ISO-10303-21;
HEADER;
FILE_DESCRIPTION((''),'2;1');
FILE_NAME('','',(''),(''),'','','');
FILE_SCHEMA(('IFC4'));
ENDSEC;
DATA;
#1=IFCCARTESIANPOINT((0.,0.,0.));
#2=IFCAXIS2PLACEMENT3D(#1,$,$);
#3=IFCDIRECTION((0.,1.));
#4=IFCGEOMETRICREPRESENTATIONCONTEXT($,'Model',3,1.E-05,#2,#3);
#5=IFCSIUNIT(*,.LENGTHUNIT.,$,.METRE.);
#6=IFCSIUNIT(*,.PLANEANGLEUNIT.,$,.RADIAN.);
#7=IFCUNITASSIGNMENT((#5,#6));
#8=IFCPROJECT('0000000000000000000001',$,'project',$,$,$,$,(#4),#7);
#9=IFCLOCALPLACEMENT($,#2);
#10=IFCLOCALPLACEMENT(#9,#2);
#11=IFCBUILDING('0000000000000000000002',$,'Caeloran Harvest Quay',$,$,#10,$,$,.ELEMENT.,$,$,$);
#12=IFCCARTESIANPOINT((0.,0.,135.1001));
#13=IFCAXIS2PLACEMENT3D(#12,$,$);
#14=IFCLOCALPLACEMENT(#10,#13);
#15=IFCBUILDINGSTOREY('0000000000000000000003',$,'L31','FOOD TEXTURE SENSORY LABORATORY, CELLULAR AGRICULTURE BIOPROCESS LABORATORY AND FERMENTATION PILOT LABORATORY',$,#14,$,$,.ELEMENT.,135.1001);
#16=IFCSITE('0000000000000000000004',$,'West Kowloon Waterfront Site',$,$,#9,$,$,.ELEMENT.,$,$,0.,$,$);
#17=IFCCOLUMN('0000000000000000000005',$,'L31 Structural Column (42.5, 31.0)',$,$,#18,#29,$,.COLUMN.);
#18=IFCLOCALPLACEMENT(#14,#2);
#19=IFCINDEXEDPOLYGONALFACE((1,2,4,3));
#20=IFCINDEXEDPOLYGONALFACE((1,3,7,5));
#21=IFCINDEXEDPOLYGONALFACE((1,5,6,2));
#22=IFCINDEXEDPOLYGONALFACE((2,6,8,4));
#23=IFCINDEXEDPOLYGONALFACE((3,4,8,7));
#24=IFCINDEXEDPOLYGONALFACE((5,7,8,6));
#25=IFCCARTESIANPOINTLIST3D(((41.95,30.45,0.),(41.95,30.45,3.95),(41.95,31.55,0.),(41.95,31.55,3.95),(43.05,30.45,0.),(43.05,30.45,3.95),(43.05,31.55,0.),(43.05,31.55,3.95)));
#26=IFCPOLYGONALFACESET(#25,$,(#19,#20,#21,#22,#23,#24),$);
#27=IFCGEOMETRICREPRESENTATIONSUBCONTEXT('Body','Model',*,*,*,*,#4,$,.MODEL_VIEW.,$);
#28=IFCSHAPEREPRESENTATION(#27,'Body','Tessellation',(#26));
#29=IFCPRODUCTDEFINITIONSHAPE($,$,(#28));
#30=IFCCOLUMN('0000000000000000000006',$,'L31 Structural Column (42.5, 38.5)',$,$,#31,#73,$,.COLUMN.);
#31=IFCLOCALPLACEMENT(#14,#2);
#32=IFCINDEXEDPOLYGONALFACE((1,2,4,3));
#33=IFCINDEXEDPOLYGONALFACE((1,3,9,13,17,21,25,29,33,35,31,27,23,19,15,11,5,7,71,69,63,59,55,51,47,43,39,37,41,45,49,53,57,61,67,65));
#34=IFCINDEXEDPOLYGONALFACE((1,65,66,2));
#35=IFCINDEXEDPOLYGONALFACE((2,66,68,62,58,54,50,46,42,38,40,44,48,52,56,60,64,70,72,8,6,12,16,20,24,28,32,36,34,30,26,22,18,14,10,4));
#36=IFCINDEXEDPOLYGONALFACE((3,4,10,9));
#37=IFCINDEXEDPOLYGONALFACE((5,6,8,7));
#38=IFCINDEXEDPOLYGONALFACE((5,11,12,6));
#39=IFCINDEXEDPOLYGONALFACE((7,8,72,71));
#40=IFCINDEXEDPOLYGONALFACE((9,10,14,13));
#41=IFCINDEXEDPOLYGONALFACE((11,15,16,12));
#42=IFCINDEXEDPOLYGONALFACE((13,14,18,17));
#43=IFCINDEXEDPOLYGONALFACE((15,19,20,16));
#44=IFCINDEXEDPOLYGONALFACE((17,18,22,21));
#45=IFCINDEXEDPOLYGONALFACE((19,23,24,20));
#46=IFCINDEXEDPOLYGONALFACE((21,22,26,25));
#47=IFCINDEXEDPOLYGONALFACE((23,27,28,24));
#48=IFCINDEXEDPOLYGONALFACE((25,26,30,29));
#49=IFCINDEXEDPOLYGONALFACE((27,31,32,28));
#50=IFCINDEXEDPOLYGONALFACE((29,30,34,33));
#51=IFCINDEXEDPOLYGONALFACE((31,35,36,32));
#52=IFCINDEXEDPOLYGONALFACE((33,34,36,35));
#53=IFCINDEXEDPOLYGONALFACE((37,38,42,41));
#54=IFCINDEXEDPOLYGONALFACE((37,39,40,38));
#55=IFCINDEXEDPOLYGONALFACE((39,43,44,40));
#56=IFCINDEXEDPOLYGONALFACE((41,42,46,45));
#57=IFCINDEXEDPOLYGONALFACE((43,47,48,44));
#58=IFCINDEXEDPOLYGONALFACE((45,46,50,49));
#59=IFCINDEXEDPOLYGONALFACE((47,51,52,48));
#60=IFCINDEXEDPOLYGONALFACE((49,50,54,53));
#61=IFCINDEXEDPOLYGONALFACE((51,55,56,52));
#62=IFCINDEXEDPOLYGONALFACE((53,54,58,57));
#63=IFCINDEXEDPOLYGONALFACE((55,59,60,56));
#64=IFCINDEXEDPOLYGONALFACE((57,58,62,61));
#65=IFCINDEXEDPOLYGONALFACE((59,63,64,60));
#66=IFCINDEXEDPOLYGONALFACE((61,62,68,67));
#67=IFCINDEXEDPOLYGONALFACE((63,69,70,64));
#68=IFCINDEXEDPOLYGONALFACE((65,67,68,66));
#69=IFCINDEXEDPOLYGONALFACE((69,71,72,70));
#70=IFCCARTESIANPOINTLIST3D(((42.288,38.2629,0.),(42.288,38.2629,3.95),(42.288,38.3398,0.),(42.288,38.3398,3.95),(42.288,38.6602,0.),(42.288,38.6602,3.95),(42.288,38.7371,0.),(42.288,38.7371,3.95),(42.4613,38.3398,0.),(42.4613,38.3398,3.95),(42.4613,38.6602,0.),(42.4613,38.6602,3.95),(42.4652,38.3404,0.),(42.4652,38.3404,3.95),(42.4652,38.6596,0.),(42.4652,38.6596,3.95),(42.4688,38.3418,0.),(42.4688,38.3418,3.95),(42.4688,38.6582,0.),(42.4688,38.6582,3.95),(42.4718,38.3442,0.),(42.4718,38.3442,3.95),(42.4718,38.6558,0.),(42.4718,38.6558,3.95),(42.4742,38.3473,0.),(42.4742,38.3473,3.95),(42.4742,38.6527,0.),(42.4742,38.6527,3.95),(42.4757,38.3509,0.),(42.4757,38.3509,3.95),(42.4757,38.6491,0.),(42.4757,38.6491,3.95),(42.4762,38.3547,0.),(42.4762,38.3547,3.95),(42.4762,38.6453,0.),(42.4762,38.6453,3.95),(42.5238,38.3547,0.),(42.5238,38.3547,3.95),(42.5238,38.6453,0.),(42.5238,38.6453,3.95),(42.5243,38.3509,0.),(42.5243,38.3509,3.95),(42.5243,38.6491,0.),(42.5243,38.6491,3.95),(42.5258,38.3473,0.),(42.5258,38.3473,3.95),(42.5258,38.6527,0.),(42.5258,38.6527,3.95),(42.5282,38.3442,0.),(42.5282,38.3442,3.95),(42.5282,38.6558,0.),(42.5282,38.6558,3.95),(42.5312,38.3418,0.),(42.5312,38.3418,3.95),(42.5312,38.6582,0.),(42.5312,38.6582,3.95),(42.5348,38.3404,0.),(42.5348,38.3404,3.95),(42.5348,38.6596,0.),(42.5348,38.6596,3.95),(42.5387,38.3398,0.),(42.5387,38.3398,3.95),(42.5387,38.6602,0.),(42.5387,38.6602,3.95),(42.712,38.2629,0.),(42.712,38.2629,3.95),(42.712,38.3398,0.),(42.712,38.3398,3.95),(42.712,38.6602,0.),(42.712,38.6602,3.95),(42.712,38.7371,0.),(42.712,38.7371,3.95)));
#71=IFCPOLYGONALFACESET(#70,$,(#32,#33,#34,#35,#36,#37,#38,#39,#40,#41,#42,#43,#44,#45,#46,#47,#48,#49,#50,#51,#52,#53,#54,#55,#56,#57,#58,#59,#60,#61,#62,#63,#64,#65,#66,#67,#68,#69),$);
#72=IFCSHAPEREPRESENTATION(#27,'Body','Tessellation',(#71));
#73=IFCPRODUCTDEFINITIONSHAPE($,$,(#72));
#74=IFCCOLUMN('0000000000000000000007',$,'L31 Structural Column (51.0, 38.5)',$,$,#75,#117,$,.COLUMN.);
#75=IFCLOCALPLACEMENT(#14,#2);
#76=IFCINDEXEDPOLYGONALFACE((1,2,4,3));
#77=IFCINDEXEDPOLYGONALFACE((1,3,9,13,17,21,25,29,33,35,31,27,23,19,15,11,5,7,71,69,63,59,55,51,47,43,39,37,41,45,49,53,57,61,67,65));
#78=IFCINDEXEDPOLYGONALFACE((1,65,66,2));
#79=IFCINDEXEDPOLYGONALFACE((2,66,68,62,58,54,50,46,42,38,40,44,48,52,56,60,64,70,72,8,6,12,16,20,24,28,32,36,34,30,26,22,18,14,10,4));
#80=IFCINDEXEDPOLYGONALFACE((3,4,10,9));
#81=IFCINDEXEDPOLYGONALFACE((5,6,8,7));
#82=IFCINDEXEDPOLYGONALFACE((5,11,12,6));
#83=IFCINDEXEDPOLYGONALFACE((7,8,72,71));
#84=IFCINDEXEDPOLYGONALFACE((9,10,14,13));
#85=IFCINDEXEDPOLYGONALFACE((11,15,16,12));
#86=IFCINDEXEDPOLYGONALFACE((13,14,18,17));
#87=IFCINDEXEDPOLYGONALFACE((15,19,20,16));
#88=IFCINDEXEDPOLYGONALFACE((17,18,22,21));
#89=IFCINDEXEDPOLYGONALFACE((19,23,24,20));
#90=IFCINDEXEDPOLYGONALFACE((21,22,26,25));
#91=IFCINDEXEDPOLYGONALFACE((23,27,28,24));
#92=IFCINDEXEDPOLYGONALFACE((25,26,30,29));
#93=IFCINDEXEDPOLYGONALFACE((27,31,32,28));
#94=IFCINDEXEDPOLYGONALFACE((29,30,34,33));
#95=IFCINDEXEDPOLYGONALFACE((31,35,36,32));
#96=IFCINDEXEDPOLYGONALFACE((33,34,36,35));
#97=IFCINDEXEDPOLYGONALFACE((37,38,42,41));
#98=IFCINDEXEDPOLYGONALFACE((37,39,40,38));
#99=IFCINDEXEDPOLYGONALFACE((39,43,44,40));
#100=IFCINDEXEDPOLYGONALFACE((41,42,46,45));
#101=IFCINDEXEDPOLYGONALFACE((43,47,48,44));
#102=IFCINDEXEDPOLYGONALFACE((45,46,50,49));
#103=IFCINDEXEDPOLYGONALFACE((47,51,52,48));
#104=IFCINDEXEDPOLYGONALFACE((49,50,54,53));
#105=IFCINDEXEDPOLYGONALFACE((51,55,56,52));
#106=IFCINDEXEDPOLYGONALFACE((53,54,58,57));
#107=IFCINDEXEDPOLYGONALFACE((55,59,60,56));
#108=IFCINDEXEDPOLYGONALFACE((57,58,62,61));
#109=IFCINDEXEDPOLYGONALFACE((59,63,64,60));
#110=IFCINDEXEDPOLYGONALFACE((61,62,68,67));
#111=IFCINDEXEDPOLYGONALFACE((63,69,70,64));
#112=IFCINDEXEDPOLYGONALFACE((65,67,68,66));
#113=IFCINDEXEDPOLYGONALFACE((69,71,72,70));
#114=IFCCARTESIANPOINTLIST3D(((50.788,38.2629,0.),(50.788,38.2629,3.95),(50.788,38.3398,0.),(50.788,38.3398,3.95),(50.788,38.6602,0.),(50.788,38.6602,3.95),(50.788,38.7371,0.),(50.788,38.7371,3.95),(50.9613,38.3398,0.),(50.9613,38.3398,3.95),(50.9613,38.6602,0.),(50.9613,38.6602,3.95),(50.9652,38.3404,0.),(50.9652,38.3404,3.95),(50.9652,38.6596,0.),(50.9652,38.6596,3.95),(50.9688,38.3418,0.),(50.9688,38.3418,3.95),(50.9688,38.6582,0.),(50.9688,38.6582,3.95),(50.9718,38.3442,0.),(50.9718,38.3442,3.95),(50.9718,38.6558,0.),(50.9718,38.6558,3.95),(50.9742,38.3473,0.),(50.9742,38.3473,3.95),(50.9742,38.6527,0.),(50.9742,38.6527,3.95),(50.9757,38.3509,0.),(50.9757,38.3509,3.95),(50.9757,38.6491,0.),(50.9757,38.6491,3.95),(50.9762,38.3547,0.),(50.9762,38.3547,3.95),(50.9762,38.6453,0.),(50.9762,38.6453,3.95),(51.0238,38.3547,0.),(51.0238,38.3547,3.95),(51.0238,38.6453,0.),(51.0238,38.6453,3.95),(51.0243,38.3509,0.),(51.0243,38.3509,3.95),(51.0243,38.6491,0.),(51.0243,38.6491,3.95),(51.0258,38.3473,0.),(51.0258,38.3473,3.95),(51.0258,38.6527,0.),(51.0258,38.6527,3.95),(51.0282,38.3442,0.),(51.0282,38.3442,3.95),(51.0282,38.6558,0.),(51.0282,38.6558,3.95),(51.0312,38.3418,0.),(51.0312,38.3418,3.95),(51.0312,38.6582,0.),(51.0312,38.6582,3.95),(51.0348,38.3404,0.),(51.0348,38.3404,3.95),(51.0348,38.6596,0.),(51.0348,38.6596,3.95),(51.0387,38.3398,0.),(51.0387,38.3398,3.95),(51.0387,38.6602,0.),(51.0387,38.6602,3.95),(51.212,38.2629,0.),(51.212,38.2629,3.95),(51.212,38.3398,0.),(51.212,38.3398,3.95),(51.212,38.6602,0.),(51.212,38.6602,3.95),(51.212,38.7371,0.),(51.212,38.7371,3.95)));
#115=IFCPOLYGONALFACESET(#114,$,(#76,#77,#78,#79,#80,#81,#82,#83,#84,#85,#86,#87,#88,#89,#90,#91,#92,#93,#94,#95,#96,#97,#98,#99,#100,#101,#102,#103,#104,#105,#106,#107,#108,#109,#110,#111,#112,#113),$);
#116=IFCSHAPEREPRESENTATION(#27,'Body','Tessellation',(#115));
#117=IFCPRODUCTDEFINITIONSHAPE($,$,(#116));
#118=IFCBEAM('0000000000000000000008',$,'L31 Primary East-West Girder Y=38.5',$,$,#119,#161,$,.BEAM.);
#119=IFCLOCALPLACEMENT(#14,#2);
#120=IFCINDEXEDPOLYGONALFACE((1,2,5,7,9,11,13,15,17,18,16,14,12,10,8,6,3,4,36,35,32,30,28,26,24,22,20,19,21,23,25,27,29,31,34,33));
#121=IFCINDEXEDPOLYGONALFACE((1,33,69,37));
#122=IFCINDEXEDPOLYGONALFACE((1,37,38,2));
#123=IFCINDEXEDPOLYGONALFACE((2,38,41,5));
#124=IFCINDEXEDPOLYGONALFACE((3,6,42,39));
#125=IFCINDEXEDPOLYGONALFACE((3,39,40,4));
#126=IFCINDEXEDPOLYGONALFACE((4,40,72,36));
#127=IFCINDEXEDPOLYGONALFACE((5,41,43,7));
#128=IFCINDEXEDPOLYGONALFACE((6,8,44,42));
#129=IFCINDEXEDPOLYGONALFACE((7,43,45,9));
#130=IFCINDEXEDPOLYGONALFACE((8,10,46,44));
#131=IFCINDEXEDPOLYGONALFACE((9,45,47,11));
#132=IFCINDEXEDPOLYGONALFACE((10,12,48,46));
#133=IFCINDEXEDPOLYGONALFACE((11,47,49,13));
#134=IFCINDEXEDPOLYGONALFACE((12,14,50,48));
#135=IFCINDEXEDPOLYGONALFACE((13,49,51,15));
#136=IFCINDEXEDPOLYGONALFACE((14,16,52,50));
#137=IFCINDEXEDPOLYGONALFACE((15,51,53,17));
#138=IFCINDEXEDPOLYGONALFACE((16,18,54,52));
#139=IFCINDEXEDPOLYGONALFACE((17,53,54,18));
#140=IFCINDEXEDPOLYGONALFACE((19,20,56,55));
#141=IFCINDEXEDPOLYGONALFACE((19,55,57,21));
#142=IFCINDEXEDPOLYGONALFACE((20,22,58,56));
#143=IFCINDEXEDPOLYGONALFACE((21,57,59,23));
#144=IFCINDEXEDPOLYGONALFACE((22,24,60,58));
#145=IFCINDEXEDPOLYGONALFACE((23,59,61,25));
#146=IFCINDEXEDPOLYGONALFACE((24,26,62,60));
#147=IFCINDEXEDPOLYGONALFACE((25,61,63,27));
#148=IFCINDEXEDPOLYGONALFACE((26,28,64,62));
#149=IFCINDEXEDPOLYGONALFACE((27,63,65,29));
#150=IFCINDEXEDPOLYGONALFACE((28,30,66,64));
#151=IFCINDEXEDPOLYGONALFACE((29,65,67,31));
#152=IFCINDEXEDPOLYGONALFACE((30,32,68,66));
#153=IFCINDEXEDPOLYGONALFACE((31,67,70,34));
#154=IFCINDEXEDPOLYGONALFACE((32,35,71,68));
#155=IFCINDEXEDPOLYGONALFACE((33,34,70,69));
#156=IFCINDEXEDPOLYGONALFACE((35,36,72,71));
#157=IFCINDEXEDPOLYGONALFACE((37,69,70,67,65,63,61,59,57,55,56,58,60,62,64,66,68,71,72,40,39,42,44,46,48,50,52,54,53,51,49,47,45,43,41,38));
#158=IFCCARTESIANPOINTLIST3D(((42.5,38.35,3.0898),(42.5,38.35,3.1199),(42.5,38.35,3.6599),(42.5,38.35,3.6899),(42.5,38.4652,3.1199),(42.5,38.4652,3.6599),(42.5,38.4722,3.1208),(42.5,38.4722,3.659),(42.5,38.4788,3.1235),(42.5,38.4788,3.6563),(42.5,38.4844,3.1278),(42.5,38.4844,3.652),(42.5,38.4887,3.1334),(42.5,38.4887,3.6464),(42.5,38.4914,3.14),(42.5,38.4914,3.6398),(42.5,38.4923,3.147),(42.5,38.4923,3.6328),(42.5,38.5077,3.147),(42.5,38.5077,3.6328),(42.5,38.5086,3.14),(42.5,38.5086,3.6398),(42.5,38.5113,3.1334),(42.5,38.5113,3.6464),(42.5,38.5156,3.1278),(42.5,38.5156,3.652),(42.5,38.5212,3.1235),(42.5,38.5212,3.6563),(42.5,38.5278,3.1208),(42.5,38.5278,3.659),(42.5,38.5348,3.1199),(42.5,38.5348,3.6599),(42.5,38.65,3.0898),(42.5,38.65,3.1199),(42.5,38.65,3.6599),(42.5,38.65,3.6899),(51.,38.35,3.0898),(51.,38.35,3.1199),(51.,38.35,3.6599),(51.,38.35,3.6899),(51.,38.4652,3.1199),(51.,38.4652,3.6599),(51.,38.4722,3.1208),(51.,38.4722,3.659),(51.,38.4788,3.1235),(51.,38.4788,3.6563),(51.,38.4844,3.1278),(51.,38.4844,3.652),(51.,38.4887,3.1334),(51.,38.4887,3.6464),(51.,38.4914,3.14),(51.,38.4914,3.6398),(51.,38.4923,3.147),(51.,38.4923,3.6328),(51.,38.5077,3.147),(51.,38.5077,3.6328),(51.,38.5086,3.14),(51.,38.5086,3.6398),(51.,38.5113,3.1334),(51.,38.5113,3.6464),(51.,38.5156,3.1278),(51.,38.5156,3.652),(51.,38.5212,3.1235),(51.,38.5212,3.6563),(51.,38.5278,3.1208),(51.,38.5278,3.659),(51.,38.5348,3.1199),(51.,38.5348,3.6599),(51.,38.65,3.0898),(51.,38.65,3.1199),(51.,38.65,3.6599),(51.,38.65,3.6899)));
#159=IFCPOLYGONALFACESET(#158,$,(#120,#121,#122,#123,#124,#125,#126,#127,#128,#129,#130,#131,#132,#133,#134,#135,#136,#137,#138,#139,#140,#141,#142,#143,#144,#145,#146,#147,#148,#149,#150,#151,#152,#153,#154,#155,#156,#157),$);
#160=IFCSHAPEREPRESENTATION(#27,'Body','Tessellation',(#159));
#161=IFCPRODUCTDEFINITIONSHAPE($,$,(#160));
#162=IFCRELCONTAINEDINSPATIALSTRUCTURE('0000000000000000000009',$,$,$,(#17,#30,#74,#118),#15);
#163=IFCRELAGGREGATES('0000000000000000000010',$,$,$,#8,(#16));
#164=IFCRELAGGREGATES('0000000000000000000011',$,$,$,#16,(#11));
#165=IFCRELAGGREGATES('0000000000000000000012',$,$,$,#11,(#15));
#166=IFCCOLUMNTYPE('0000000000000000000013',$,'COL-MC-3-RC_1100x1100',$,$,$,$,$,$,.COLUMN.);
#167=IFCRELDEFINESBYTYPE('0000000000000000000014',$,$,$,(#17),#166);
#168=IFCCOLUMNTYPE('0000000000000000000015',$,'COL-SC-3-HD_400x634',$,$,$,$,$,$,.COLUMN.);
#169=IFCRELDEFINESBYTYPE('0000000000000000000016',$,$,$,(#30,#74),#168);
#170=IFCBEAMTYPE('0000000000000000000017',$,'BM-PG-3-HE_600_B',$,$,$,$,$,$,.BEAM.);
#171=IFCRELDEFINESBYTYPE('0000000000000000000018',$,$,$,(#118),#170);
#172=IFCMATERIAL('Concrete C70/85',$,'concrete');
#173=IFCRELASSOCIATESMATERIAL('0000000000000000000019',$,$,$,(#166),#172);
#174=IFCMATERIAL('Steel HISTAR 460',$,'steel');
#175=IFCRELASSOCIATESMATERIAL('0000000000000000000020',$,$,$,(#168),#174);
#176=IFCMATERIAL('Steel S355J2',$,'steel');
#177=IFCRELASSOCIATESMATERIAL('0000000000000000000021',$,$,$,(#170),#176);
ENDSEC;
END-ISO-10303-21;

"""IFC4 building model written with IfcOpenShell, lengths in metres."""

from ifc_helpers import new_model, si_unit, direction, frame, origin, origin_2d, place, context, subcontext, project, spatial, rectangle, i_section, extrude, material, material_profile, profile_set, type_object, element, save


model = new_model("IFC4")

# Units and contexts
model_context = context("Model", 3, precision=1e-05, world=origin(), true_north=direction((0.0, 1.0)))
body_context = subcontext(model_context, "Body", "Model", "MODEL_VIEW")
ifc_project = project(units=[si_unit("LENGTHUNIT", "METRE"), si_unit("PLANEANGLEUNIT", "RADIAN")], contexts=[model_context])

# Site, building, storey
site_placement = place(None, origin())
site = spatial("IfcSite", under=ifc_project, at=site_placement, Name="West Kowloon Waterfront Site", CompositionType="ELEMENT", RefElevation=0.0)
building_placement = place(site_placement, origin())
building = spatial("IfcBuilding", under=site, at=building_placement, Name="Caeloran Harvest Quay", CompositionType="ELEMENT")
storey_placement = place(building_placement, frame((0.0, 0.0, 135.1001)))
storey = spatial("IfcBuildingStorey", under=building, at=storey_placement, Name="L31", Description="FOOD TEXTURE SENSORY LABORATORY, CELLULAR AGRICULTURE BIOPROCESS LABORATORY AND FERMENTATION PILOT LABORATORY", CompositionType="ELEMENT", Elevation=135.1001)

# Columns
ifc_material_1 = material(Name="Concrete C70/85", Category="concrete")
ifc_material_profile_1 = material_profile(ifc_material_1, rectangle(XDim=1.1001, YDim=1.1001, at=origin_2d()), Name="RC 1100x1100")
ifc_profile_set_1 = profile_set([ifc_material_profile_1], Name="Concrete C70/85")
column_type_1 = type_object("IfcColumnType", Name="COL-MC-3-RC_1100x1100", PredefinedType="COLUMN", material=ifc_profile_set_1)
column_placement = place(storey_placement, frame((42.5, 31.0, 0.0), z_axis=(0.0, 0.0, 1.0), x_axis=(1.0, 0.0, 0.0)))
element("IfcColumn", 1, at=column_placement, inside=storey, type_object=column_type_1, Name="L31 Structural Column (42.5, 31.0)", PredefinedType="COLUMN", context=body_context, shape_type="SweptSolid", body=[
    extrude(rectangle(XDim=1.1001, YDim=1.1001, at=origin_2d()), origin(), (0.0, 0.0, 1.0), 3.95),
])
ifc_material_2 = material(Name="Steel HISTAR 460", Category="steel")
ifc_material_profile_2 = material_profile(ifc_material_2, i_section(OverallWidth=0.4241, OverallDepth=0.4741, WebThickness=0.0476, FlangeThickness=0.0769, FilletRadius=0.0149, at=origin_2d()), Name="HD 400x634")
ifc_profile_set_2 = profile_set([ifc_material_profile_2], Name="Steel HISTAR 460")
column_type_2 = type_object("IfcColumnType", Name="COL-SC-3-HD_400x634", PredefinedType="COLUMN", material=ifc_profile_set_2)
for number, where, z_axis, x_axis, name in (
    (2, (42.5, 38.5, 0.0), (0.0, 0.0, 1.0), (1.0, 0.0, 0.0), "L31 Structural Column (42.5, 38.5)"),
    (3, (51.0, 38.5, 0.0), (0.0, 0.0, 1.0), (1.0, 0.0, 0.0), "L31 Structural Column (51.0, 38.5)"),
):
    element("IfcColumn", number, at=place(storey_placement, frame(where, z_axis=z_axis, x_axis=x_axis)), inside=storey, type_object=column_type_2, Name=name, PredefinedType="COLUMN", context=body_context, shape_type="SweptSolid", body=[
        extrude(i_section(OverallWidth=0.4241, OverallDepth=0.4741, WebThickness=0.0476, FlangeThickness=0.0769, FilletRadius=0.0149, at=origin_2d()), origin(), (0.0, 0.0, 1.0), 3.95),
    ])

# Beam
ifc_material_3 = material(Name="Steel S355J2", Category="steel")
ifc_material_profile_3 = material_profile(ifc_material_3, i_section(OverallWidth=0.3, OverallDepth=0.6001, WebThickness=0.0154, FlangeThickness=0.03, FilletRadius=0.0271, at=origin_2d()), Name="HE 600 B")
ifc_profile_set_3 = profile_set([ifc_material_profile_3], Name="Steel S355J2")
beam_type = type_object("IfcBeamType", Name="BM-PG-3-HE_600_B", PredefinedType="BEAM", material=ifc_profile_set_3)
beam_1_placement = place(storey_placement, frame((42.5, 38.5, 3.3899), z_axis=(1.0, 0.0, 0.0), x_axis=(0.0, 1.0, 0.0)))
element("IfcBeam", 4, at=beam_1_placement, inside=storey, type_object=beam_type, Name="L31 Primary East-West Girder Y=38.5", PredefinedType="BEAM", context=body_context, shape_type="SweptSolid", body=[
    extrude(i_section(OverallWidth=0.3, OverallDepth=0.6001, WebThickness=0.0154, FlangeThickness=0.03, FilletRadius=0.0271, at=origin_2d()), origin(), (0.0, 0.0, 1.0), 8.5),
])

save(model, "model.ifc")
